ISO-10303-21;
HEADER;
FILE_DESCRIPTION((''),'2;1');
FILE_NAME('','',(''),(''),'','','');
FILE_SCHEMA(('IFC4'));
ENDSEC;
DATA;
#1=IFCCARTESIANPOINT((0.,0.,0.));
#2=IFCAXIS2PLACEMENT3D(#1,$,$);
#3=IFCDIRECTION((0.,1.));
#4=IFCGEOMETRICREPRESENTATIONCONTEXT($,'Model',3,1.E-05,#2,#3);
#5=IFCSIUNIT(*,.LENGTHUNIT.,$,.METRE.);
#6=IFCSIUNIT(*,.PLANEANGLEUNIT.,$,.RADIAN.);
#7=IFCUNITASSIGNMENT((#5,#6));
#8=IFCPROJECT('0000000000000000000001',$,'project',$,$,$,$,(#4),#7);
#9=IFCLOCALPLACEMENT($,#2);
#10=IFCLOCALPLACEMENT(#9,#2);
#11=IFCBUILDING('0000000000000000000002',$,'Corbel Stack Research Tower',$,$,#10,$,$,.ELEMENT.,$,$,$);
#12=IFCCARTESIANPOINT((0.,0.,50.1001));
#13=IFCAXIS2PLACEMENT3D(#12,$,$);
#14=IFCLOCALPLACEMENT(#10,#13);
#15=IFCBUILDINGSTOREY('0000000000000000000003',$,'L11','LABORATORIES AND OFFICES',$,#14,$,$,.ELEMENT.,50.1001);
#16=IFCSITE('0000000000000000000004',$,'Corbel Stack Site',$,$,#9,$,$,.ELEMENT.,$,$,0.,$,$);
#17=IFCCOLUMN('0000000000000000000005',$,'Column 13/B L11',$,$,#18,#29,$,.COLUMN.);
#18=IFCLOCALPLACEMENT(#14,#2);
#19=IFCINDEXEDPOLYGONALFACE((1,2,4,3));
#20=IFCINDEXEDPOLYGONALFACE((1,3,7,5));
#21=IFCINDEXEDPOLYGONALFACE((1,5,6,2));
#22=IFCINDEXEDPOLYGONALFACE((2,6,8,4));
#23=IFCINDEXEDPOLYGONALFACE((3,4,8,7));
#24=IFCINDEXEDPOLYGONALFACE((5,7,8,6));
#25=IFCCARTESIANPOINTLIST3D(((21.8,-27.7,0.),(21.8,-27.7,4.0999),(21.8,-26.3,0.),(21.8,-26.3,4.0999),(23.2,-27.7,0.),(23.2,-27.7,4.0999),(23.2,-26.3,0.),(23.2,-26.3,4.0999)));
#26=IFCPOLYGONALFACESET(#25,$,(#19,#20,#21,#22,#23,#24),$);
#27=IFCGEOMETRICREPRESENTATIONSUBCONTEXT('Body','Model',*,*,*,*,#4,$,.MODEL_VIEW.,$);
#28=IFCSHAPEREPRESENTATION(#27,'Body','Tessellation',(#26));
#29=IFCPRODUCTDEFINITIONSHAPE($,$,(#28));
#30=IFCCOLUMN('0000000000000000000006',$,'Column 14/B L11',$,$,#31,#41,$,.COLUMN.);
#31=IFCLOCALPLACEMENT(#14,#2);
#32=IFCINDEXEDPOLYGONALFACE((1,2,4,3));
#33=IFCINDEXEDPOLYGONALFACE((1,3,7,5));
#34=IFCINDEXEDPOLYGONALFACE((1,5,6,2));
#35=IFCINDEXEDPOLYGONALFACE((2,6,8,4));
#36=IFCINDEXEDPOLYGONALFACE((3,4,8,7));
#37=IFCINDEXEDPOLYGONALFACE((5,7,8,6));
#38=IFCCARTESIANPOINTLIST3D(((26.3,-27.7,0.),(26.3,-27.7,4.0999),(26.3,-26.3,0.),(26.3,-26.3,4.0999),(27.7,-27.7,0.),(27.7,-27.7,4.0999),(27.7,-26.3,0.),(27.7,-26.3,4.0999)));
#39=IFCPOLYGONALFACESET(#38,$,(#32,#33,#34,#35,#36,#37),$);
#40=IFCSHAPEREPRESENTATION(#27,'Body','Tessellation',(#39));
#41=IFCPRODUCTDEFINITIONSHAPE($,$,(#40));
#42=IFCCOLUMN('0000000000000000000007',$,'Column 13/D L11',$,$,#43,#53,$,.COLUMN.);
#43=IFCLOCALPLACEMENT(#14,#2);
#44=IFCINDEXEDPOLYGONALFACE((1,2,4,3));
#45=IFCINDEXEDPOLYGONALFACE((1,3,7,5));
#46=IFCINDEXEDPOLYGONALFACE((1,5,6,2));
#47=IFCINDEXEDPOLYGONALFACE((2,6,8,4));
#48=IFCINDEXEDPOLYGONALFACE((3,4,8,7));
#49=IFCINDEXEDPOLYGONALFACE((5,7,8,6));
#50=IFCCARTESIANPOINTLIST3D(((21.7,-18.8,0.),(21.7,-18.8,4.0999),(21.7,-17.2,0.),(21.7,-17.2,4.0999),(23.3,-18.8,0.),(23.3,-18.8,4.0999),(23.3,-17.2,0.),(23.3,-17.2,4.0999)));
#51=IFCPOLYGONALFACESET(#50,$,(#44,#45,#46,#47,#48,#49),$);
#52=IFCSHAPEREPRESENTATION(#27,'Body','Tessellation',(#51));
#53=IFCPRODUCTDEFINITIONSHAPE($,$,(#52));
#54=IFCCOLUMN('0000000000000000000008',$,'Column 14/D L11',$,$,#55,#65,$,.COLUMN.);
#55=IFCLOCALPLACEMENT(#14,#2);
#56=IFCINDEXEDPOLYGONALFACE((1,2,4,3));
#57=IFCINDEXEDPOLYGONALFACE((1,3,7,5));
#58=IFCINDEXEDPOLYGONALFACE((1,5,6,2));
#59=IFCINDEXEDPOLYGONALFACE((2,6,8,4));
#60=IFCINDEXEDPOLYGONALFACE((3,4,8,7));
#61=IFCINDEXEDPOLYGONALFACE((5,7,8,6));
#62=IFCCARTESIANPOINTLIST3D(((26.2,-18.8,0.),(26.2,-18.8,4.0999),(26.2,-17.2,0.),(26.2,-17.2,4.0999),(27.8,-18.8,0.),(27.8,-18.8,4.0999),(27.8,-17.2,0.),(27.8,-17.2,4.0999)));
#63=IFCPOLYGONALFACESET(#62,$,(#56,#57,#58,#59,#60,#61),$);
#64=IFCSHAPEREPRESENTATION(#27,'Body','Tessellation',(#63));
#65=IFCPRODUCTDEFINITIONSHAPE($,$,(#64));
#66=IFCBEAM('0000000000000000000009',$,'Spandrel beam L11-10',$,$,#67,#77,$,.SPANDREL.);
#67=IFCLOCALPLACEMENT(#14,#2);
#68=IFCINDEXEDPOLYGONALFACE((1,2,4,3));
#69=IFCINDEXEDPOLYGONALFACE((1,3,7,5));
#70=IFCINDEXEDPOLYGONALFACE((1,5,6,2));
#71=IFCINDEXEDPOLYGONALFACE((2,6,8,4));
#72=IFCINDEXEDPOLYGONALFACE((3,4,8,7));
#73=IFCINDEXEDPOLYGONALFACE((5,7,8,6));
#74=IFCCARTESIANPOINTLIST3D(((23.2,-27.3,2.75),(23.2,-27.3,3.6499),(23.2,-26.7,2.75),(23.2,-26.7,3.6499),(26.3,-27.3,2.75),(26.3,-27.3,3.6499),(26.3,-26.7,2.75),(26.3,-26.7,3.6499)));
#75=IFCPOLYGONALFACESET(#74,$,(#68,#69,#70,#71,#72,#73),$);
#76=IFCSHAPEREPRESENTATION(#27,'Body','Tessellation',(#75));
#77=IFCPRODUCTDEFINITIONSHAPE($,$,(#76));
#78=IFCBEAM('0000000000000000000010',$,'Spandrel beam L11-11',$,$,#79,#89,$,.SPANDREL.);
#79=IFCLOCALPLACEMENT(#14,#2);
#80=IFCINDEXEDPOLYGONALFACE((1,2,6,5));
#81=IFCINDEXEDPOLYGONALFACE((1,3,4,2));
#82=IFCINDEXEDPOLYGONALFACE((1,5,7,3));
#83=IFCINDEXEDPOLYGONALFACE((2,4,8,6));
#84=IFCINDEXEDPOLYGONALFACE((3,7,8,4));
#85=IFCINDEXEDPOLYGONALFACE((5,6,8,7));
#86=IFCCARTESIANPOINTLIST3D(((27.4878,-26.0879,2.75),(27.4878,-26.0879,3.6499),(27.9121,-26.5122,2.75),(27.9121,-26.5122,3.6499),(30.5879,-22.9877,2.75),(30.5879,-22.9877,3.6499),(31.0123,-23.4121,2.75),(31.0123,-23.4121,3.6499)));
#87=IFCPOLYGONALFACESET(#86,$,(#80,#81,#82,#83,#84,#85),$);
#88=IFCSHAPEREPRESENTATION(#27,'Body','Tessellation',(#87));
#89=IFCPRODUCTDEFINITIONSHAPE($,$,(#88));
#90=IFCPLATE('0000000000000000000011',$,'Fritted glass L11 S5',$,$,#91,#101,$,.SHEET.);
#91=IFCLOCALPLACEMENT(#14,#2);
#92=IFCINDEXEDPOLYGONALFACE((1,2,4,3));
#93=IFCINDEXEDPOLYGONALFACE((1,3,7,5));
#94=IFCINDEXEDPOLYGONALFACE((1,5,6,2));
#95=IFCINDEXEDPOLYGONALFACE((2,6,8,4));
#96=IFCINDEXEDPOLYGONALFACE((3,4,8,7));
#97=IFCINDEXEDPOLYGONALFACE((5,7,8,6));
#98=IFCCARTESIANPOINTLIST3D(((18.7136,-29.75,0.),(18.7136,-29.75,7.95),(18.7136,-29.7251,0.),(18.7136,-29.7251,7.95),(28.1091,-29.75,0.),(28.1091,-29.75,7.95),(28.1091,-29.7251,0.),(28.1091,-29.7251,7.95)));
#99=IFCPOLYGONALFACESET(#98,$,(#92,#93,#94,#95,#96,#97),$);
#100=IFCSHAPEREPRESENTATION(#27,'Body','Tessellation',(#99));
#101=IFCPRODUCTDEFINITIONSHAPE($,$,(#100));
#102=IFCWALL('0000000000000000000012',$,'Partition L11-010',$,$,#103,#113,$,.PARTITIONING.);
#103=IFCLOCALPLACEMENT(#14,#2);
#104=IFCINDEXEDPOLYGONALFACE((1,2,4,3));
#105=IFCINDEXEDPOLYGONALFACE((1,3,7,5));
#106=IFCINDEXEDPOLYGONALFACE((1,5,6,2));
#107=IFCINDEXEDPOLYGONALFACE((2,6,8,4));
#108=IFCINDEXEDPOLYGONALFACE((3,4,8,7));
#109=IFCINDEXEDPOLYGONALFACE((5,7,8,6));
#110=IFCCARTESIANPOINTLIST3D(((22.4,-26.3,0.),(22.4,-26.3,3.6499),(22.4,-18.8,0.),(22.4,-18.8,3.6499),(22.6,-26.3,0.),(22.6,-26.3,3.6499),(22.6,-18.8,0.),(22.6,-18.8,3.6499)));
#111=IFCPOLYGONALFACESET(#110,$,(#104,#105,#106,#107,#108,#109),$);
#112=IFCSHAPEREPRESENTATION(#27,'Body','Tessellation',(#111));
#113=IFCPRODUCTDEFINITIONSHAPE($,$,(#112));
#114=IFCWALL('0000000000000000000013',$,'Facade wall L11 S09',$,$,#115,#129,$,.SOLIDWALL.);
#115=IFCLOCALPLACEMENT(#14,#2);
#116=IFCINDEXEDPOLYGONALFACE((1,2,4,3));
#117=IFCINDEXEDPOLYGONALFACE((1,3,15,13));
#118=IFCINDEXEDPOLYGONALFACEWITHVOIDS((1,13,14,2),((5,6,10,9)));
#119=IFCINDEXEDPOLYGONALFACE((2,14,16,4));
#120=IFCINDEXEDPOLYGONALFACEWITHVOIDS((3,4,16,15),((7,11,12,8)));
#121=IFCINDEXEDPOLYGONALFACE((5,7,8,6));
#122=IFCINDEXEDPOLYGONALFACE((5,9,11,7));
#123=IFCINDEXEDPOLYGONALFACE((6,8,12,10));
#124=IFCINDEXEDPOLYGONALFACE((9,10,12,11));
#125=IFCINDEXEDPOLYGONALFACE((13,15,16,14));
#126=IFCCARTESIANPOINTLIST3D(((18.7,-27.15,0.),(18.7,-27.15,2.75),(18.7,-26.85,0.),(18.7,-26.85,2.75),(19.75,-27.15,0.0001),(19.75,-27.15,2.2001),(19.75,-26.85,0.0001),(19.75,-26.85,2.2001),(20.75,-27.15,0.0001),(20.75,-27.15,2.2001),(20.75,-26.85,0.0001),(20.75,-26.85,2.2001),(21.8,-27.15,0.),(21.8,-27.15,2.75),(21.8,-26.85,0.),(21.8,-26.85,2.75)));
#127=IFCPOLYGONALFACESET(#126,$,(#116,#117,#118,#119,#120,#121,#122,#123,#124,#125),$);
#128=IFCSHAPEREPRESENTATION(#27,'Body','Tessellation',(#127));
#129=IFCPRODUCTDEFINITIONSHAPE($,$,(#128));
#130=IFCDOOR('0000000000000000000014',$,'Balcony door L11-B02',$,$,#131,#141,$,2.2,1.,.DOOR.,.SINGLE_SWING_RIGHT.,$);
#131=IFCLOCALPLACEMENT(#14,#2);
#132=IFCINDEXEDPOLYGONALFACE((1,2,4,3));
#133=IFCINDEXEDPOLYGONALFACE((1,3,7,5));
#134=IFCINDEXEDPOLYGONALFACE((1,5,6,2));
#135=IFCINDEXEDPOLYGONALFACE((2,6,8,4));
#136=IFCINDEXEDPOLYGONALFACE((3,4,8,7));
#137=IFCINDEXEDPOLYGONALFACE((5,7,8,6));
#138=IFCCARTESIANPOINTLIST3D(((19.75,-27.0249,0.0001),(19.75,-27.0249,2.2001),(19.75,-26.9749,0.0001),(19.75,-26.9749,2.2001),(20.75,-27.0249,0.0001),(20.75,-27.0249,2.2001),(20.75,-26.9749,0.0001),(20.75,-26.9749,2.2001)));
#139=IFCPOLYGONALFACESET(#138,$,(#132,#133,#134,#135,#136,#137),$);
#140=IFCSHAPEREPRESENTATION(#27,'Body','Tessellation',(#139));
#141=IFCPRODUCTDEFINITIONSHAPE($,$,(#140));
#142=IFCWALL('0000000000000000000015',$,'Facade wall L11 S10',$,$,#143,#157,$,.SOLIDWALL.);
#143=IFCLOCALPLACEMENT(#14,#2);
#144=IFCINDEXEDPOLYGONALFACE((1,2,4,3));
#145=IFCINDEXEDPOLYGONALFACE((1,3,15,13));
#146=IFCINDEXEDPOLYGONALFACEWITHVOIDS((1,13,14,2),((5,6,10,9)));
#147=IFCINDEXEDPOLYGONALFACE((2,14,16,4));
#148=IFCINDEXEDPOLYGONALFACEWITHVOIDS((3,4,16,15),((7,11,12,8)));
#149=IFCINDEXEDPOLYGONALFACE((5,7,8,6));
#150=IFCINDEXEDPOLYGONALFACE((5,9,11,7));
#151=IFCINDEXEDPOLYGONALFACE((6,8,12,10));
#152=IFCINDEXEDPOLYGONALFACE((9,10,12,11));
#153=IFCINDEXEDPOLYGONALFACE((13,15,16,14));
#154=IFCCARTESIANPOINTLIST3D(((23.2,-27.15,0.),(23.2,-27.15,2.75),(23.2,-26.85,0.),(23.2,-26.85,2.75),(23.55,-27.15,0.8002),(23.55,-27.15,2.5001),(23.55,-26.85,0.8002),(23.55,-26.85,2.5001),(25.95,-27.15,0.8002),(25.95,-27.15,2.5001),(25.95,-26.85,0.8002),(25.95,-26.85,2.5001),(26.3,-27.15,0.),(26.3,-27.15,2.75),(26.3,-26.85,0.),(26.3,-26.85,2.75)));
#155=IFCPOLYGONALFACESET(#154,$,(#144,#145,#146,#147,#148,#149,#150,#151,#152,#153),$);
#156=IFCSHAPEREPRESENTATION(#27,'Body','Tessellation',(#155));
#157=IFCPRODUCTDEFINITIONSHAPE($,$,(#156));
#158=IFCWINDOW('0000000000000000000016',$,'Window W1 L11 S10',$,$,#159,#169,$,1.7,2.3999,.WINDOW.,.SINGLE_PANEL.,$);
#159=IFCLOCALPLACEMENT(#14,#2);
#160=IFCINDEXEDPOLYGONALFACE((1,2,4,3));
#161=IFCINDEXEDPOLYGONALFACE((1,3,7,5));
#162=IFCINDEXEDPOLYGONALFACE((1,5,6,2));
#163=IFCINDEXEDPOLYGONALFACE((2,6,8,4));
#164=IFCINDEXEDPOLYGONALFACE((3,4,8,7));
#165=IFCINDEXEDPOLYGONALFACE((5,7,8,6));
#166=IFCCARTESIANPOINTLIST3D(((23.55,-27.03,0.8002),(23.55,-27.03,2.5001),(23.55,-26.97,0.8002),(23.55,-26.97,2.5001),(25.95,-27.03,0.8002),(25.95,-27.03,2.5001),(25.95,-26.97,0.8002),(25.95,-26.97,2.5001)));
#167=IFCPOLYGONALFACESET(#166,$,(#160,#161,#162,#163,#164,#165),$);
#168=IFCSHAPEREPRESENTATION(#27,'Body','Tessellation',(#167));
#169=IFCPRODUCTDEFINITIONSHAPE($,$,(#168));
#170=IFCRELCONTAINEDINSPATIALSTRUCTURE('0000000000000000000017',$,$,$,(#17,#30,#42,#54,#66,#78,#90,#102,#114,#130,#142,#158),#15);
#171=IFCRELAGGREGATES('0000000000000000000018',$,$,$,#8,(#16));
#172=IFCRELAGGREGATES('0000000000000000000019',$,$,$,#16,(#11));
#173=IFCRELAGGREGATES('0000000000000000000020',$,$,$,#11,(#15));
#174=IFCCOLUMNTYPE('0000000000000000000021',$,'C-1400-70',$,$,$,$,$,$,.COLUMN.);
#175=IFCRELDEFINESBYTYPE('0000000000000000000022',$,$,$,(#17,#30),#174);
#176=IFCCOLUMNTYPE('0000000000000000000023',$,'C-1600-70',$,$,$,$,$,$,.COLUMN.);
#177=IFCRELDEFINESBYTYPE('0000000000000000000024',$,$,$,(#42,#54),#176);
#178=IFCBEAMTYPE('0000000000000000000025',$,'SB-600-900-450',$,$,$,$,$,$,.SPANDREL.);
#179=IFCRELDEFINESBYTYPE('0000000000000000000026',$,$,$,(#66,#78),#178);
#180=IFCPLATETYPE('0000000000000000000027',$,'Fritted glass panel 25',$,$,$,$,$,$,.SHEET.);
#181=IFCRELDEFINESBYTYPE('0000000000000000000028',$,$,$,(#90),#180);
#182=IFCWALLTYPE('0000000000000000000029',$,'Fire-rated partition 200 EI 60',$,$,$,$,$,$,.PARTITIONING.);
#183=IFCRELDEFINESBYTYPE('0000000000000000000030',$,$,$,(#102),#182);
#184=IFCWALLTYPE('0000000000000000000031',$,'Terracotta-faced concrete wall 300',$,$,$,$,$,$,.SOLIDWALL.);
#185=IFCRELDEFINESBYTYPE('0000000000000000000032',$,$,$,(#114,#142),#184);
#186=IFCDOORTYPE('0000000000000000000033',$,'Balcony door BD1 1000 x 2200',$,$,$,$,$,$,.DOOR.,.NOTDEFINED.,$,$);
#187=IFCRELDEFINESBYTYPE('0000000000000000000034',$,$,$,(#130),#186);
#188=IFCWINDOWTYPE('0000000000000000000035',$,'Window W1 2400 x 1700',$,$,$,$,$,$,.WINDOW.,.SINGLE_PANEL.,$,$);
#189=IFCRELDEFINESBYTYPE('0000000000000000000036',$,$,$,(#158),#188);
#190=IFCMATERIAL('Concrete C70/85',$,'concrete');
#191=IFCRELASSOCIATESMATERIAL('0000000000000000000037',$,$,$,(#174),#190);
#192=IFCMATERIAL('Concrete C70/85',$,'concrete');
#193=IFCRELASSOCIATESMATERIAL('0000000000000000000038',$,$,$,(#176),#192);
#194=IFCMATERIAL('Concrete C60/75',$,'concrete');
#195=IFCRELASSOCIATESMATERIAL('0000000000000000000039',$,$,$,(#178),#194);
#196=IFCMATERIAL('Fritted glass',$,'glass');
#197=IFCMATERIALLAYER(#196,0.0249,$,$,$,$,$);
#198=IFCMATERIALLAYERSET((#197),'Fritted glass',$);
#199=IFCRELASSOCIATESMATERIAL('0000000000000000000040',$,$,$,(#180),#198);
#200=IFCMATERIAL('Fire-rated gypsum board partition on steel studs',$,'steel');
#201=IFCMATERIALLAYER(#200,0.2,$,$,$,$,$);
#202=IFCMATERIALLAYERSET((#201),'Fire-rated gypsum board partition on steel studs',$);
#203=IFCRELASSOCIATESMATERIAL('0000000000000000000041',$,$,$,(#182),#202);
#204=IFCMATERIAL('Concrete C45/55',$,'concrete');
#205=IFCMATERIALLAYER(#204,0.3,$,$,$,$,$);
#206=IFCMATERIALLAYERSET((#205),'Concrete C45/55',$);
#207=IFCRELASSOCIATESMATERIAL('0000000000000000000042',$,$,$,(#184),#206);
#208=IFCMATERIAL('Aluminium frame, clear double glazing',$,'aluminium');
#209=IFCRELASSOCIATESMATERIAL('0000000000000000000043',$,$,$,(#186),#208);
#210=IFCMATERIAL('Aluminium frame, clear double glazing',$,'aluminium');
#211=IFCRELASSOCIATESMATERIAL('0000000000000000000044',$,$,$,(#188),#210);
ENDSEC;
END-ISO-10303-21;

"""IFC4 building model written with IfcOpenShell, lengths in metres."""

from ifc_helpers import new_model, si_unit, direction, frame, frame_2d, origin, origin_2d, place, context, subcontext, project, spatial, rectangle, extrude, material, layer, layer_set, material_profile, profile_set, type_object, element, fill, save


model = new_model("IFC4")

# Units and contexts
model_context = context("Model", 3, precision=1e-05, world=origin(), true_north=direction((0.0, 1.0)))
body_context = subcontext(model_context, "Body", "Model", "MODEL_VIEW")
ifc_project = project(units=[si_unit("LENGTHUNIT", "METRE"), si_unit("PLANEANGLEUNIT", "RADIAN")], contexts=[model_context])

# Site, building, storey
site_placement = place(None, origin())
site = spatial("IfcSite", under=ifc_project, at=site_placement, Name="Corbel Stack Site", CompositionType="ELEMENT", RefElevation=0.0)
building_placement = place(site_placement, origin())
building = spatial("IfcBuilding", under=site, at=building_placement, Name="Corbel Stack Research Tower", CompositionType="ELEMENT")
storey_placement = place(building_placement, frame((0.0, 0.0, 50.1001)))
storey = spatial("IfcBuildingStorey", under=building, at=storey_placement, Name="L11", Description="LABORATORIES AND OFFICES", CompositionType="ELEMENT", Elevation=50.1001)

# Columns
ifc_material_1 = material(Name="Concrete C70/85", Category="concrete")
ifc_material_profile_1 = material_profile(ifc_material_1, rectangle(XDim=1.3999, YDim=1.3999, at=origin_2d()), Name="RC 1400 x 1400")
ifc_profile_set_1 = profile_set([ifc_material_profile_1], Name="Concrete C70/85")
column_type_1 = type_object("IfcColumnType", Name="C-1400-70", PredefinedType="COLUMN", material=ifc_profile_set_1)
for number, where, z_axis, x_axis, name in (
    (1, (22.5, -27.0, 0.0), (0.0, 0.0, 1.0), (1.0, 0.0, 0.0), "Column 13/B L11"),
    (2, (27.0, -27.0, 0.0), (0.0, 0.0, 1.0), (1.0, 0.0, 0.0), "Column 14/B L11"),
):
    element("IfcColumn", number, at=place(storey_placement, frame(where, z_axis=z_axis, x_axis=x_axis)), inside=storey, type_object=column_type_1, Name=name, PredefinedType="COLUMN", context=body_context, shape_type="SweptSolid", body=[
        extrude(rectangle(XDim=1.3999, YDim=1.3999, at=origin_2d()), origin(), (0.0, 0.0, 1.0), 4.0999),
    ])
ifc_material_2 = material(Name="Concrete C70/85", Category="concrete")
ifc_material_profile_2 = material_profile(ifc_material_2, rectangle(XDim=1.6001, YDim=1.6001, at=origin_2d()), Name="RC 1600 x 1600")
ifc_profile_set_2 = profile_set([ifc_material_profile_2], Name="Concrete C70/85")
column_type_2 = type_object("IfcColumnType", Name="C-1600-70", PredefinedType="COLUMN", material=ifc_profile_set_2)
for number, where, z_axis, x_axis, name in (
    (3, (22.5, -18.0, 0.0), (0.0, 0.0, 1.0), (1.0, 0.0, 0.0), "Column 13/D L11"),
    (4, (27.0, -18.0, 0.0), (0.0, 0.0, 1.0), (1.0, 0.0, 0.0), "Column 14/D L11"),
):
    element("IfcColumn", number, at=place(storey_placement, frame(where, z_axis=z_axis, x_axis=x_axis)), inside=storey, type_object=column_type_2, Name=name, PredefinedType="COLUMN", context=body_context, shape_type="SweptSolid", body=[
        extrude(rectangle(XDim=1.6001, YDim=1.6001, at=origin_2d()), origin(), (0.0, 0.0, 1.0), 4.0999),
    ])

# Beams
ifc_material_3 = material(Name="Concrete C60/75", Category="concrete")
ifc_material_profile_3 = material_profile(ifc_material_3, rectangle(XDim=0.6001, YDim=0.8999, at=origin_2d()), Name="RC 600 x 900")
ifc_profile_set_3 = profile_set([ifc_material_profile_3], Name="Concrete C60/75")
beam_type = type_object("IfcBeamType", Name="SB-600-900-450", PredefinedType="SPANDREL", material=ifc_profile_set_3)
beam_1_placement = place(storey_placement, frame((23.2, -27.0, 3.2), z_axis=(1.0, 0.0, 0.0), x_axis=(0.0, 1.0, 0.0)))
element("IfcBeam", 5, at=beam_1_placement, inside=storey, type_object=beam_type, Name="Spandrel beam L11-10", PredefinedType="SPANDREL", context=body_context, shape_type="SweptSolid", body=[
    extrude(rectangle(XDim=0.6001, YDim=0.8999, at=origin_2d()), origin(), (0.0, 0.0, 1.0), 3.1001),
])
beam_2_placement = place(storey_placement, frame((27.7, -26.3, 3.2), z_axis=(0.707107, 0.707107, 0.0), x_axis=(-0.707107, 0.707107, 0.0)))
element("IfcBeam", 6, at=beam_2_placement, inside=storey, type_object=beam_type, Name="Spandrel beam L11-11", PredefinedType="SPANDREL", context=body_context, shape_type="SweptSolid", body=[
    extrude(rectangle(XDim=0.6001, YDim=0.8999, at=origin_2d()), origin(), (0.0, 0.0, 1.0), 4.3843),
])

# Plate
ifc_material_4 = material(Name="Fritted glass", Category="glass")
ifc_layer_1 = layer(ifc_material_4, 0.0249)
ifc_layer_set_1 = layer_set([ifc_layer_1], Name="Fritted glass")
plate_type = type_object("IfcPlateType", Name="Fritted glass panel 25", PredefinedType="SHEET", material=ifc_layer_set_1)
plate_placement = place(storey_placement, frame((23.4114, -29.7375, 0.0), z_axis=(0.0, 0.0, 1.0), x_axis=(1.0, 0.0, 0.0)))
element("IfcPlate", 7, at=plate_placement, inside=storey, type_object=plate_type, Name="Fritted glass L11 S5", PredefinedType="SHEET", context=body_context, shape_type="SweptSolid", body=[
    extrude(rectangle(XDim=9.3955, YDim=0.0249, at=origin_2d()), origin(), (0.0, 0.0, 1.0), 7.95),
])

# Wall
ifc_material_5 = material(Name="Fire-rated gypsum board partition on steel studs", Category="steel")
ifc_layer_2 = layer(ifc_material_5, 0.2)
ifc_layer_set_2 = layer_set([ifc_layer_2], Name="Fire-rated gypsum board partition on steel studs")
wall_type_1 = type_object("IfcWallType", Name="Fire-rated partition 200 EI 60", PredefinedType="PARTITIONING", material=ifc_layer_set_2)
wall_1_placement = place(storey_placement, frame((22.5, -26.3, 0.0), z_axis=(0.0, 0.0, 1.0), x_axis=(0.0, 1.0, 0.0)))
element("IfcWall", 8, at=wall_1_placement, inside=storey, type_object=wall_type_1, Name="Partition L11-010", PredefinedType="PARTITIONING", context=body_context, shape_type="SweptSolid", body=[
    extrude(rectangle(XDim=7.5, YDim=0.2, at=frame_2d((3.75, 0.0))), origin(), (0.0, 0.0, 1.0), 3.6499),
])

# Wall, opening, door
ifc_material_6 = material(Name="Concrete C45/55", Category="concrete")
ifc_layer_3 = layer(ifc_material_6, 0.3)
ifc_layer_set_3 = layer_set([ifc_layer_3], Name="Concrete C45/55")
wall_type_2 = type_object("IfcWallType", Name="Terracotta-faced concrete wall 300", PredefinedType="SOLIDWALL", material=ifc_layer_set_3)
wall_2_placement = place(storey_placement, frame((21.8, -27.0, 0.0), z_axis=(0.0, 0.0, 1.0), x_axis=(-1.0, 0.0, 0.0)))
wall_2 = element("IfcWall", 9, at=wall_2_placement, inside=storey, type_object=wall_type_2, Name="Facade wall L11 S09", PredefinedType="SOLIDWALL", context=body_context, shape_type="SweptSolid", body=[
    extrude(rectangle(XDim=3.1001, YDim=0.3, at=frame_2d((1.55, 0.0))), origin(), (0.0, 0.0, 1.0), 2.75),
])
opening_1_placement = place(wall_2_placement, frame((1.05, 0.0, 0.0)))
opening_1 = element("IfcOpeningElement", 10, at=opening_1_placement, cuts=wall_2, PredefinedType="OPENING", context=body_context, shape_type="SweptSolid", body=[
    extrude(rectangle(XDim=1.0, YDim=2.2, at=frame_2d((0.5, 1.1001))), frame((0.0, 0.1599, 0.0), z_axis=(0.0, -1.0, 0.0), x_axis=(1.0, 0.0, 0.0)), (0.0, 0.0, 1.0), 0.3201),
])
ifc_material_7 = material(Name="Aluminium frame, clear double glazing", Category="aluminium")
door_type = type_object("IfcDoorType", Name="Balcony door BD1 1000 x 2200", OperationType="NOTDEFINED", PredefinedType="DOOR", material=ifc_material_7)
door_placement = place(opening_1_placement, origin())
door = element("IfcDoor", 11, at=door_placement, inside=storey, type_object=door_type, Name="Balcony door L11-B02", OperationType="SINGLE_SWING_RIGHT", OverallHeight=2.2, OverallWidth=1.0, PredefinedType="DOOR", context=body_context, shape_type="SweptSolid", body=[
    extrude(rectangle(XDim=1.0, YDim=2.2, at=frame_2d((0.5, 1.1001))), frame((0.0, 0.0249, 0.0), z_axis=(0.0, -1.0, 0.0), x_axis=(1.0, 0.0, 0.0)), (0.0, 0.0, 1.0), 0.05),
])
fill(opening_1, door)

# Wall, opening, window
wall_3_placement = place(storey_placement, frame((26.3, -27.0, 0.0), z_axis=(0.0, 0.0, 1.0), x_axis=(-1.0, 0.0, 0.0)))
wall_3 = element("IfcWall", 12, at=wall_3_placement, inside=storey, type_object=wall_type_2, Name="Facade wall L11 S10", PredefinedType="SOLIDWALL", context=body_context, shape_type="SweptSolid", body=[
    extrude(rectangle(XDim=3.1001, YDim=0.3, at=frame_2d((1.55, 0.0))), origin(), (0.0, 0.0, 1.0), 2.75),
])
opening_2_placement = place(wall_3_placement, frame((0.3501, 0.0, 0.8)))
opening_2 = element("IfcOpeningElement", 13, at=opening_2_placement, cuts=wall_3, PredefinedType="OPENING", context=body_context, shape_type="SweptSolid", body=[
    extrude(rectangle(XDim=2.3999, YDim=1.7, at=frame_2d((1.2, 0.8501))), frame((0.0, 0.1599, 0.0), z_axis=(0.0, -1.0, 0.0), x_axis=(1.0, 0.0, 0.0)), (0.0, 0.0, 1.0), 0.3201),
])
ifc_material_8 = material(Name="Aluminium frame, clear double glazing", Category="aluminium")
window_type = type_object("IfcWindowType", Name="Window W1 2400 x 1700", PartitioningType="SINGLE_PANEL", PredefinedType="WINDOW", material=ifc_material_8)
window_placement = place(opening_2_placement, origin())
window = element("IfcWindow", 14, at=window_placement, inside=storey, type_object=window_type, Name="Window W1 L11 S10", OverallHeight=1.7, OverallWidth=2.3999, PartitioningType="SINGLE_PANEL", PredefinedType="WINDOW", context=body_context, shape_type="SweptSolid", body=[
    extrude(rectangle(XDim=2.3999, YDim=1.7, at=frame_2d((1.2, 0.8501))), frame((0.0, 0.03, 0.0), z_axis=(0.0, -1.0, 0.0), x_axis=(1.0, 0.0, 0.0)), (0.0, 0.0, 1.0), 0.0601),
])
fill(opening_2, window)

save(model, "model.ifc")
